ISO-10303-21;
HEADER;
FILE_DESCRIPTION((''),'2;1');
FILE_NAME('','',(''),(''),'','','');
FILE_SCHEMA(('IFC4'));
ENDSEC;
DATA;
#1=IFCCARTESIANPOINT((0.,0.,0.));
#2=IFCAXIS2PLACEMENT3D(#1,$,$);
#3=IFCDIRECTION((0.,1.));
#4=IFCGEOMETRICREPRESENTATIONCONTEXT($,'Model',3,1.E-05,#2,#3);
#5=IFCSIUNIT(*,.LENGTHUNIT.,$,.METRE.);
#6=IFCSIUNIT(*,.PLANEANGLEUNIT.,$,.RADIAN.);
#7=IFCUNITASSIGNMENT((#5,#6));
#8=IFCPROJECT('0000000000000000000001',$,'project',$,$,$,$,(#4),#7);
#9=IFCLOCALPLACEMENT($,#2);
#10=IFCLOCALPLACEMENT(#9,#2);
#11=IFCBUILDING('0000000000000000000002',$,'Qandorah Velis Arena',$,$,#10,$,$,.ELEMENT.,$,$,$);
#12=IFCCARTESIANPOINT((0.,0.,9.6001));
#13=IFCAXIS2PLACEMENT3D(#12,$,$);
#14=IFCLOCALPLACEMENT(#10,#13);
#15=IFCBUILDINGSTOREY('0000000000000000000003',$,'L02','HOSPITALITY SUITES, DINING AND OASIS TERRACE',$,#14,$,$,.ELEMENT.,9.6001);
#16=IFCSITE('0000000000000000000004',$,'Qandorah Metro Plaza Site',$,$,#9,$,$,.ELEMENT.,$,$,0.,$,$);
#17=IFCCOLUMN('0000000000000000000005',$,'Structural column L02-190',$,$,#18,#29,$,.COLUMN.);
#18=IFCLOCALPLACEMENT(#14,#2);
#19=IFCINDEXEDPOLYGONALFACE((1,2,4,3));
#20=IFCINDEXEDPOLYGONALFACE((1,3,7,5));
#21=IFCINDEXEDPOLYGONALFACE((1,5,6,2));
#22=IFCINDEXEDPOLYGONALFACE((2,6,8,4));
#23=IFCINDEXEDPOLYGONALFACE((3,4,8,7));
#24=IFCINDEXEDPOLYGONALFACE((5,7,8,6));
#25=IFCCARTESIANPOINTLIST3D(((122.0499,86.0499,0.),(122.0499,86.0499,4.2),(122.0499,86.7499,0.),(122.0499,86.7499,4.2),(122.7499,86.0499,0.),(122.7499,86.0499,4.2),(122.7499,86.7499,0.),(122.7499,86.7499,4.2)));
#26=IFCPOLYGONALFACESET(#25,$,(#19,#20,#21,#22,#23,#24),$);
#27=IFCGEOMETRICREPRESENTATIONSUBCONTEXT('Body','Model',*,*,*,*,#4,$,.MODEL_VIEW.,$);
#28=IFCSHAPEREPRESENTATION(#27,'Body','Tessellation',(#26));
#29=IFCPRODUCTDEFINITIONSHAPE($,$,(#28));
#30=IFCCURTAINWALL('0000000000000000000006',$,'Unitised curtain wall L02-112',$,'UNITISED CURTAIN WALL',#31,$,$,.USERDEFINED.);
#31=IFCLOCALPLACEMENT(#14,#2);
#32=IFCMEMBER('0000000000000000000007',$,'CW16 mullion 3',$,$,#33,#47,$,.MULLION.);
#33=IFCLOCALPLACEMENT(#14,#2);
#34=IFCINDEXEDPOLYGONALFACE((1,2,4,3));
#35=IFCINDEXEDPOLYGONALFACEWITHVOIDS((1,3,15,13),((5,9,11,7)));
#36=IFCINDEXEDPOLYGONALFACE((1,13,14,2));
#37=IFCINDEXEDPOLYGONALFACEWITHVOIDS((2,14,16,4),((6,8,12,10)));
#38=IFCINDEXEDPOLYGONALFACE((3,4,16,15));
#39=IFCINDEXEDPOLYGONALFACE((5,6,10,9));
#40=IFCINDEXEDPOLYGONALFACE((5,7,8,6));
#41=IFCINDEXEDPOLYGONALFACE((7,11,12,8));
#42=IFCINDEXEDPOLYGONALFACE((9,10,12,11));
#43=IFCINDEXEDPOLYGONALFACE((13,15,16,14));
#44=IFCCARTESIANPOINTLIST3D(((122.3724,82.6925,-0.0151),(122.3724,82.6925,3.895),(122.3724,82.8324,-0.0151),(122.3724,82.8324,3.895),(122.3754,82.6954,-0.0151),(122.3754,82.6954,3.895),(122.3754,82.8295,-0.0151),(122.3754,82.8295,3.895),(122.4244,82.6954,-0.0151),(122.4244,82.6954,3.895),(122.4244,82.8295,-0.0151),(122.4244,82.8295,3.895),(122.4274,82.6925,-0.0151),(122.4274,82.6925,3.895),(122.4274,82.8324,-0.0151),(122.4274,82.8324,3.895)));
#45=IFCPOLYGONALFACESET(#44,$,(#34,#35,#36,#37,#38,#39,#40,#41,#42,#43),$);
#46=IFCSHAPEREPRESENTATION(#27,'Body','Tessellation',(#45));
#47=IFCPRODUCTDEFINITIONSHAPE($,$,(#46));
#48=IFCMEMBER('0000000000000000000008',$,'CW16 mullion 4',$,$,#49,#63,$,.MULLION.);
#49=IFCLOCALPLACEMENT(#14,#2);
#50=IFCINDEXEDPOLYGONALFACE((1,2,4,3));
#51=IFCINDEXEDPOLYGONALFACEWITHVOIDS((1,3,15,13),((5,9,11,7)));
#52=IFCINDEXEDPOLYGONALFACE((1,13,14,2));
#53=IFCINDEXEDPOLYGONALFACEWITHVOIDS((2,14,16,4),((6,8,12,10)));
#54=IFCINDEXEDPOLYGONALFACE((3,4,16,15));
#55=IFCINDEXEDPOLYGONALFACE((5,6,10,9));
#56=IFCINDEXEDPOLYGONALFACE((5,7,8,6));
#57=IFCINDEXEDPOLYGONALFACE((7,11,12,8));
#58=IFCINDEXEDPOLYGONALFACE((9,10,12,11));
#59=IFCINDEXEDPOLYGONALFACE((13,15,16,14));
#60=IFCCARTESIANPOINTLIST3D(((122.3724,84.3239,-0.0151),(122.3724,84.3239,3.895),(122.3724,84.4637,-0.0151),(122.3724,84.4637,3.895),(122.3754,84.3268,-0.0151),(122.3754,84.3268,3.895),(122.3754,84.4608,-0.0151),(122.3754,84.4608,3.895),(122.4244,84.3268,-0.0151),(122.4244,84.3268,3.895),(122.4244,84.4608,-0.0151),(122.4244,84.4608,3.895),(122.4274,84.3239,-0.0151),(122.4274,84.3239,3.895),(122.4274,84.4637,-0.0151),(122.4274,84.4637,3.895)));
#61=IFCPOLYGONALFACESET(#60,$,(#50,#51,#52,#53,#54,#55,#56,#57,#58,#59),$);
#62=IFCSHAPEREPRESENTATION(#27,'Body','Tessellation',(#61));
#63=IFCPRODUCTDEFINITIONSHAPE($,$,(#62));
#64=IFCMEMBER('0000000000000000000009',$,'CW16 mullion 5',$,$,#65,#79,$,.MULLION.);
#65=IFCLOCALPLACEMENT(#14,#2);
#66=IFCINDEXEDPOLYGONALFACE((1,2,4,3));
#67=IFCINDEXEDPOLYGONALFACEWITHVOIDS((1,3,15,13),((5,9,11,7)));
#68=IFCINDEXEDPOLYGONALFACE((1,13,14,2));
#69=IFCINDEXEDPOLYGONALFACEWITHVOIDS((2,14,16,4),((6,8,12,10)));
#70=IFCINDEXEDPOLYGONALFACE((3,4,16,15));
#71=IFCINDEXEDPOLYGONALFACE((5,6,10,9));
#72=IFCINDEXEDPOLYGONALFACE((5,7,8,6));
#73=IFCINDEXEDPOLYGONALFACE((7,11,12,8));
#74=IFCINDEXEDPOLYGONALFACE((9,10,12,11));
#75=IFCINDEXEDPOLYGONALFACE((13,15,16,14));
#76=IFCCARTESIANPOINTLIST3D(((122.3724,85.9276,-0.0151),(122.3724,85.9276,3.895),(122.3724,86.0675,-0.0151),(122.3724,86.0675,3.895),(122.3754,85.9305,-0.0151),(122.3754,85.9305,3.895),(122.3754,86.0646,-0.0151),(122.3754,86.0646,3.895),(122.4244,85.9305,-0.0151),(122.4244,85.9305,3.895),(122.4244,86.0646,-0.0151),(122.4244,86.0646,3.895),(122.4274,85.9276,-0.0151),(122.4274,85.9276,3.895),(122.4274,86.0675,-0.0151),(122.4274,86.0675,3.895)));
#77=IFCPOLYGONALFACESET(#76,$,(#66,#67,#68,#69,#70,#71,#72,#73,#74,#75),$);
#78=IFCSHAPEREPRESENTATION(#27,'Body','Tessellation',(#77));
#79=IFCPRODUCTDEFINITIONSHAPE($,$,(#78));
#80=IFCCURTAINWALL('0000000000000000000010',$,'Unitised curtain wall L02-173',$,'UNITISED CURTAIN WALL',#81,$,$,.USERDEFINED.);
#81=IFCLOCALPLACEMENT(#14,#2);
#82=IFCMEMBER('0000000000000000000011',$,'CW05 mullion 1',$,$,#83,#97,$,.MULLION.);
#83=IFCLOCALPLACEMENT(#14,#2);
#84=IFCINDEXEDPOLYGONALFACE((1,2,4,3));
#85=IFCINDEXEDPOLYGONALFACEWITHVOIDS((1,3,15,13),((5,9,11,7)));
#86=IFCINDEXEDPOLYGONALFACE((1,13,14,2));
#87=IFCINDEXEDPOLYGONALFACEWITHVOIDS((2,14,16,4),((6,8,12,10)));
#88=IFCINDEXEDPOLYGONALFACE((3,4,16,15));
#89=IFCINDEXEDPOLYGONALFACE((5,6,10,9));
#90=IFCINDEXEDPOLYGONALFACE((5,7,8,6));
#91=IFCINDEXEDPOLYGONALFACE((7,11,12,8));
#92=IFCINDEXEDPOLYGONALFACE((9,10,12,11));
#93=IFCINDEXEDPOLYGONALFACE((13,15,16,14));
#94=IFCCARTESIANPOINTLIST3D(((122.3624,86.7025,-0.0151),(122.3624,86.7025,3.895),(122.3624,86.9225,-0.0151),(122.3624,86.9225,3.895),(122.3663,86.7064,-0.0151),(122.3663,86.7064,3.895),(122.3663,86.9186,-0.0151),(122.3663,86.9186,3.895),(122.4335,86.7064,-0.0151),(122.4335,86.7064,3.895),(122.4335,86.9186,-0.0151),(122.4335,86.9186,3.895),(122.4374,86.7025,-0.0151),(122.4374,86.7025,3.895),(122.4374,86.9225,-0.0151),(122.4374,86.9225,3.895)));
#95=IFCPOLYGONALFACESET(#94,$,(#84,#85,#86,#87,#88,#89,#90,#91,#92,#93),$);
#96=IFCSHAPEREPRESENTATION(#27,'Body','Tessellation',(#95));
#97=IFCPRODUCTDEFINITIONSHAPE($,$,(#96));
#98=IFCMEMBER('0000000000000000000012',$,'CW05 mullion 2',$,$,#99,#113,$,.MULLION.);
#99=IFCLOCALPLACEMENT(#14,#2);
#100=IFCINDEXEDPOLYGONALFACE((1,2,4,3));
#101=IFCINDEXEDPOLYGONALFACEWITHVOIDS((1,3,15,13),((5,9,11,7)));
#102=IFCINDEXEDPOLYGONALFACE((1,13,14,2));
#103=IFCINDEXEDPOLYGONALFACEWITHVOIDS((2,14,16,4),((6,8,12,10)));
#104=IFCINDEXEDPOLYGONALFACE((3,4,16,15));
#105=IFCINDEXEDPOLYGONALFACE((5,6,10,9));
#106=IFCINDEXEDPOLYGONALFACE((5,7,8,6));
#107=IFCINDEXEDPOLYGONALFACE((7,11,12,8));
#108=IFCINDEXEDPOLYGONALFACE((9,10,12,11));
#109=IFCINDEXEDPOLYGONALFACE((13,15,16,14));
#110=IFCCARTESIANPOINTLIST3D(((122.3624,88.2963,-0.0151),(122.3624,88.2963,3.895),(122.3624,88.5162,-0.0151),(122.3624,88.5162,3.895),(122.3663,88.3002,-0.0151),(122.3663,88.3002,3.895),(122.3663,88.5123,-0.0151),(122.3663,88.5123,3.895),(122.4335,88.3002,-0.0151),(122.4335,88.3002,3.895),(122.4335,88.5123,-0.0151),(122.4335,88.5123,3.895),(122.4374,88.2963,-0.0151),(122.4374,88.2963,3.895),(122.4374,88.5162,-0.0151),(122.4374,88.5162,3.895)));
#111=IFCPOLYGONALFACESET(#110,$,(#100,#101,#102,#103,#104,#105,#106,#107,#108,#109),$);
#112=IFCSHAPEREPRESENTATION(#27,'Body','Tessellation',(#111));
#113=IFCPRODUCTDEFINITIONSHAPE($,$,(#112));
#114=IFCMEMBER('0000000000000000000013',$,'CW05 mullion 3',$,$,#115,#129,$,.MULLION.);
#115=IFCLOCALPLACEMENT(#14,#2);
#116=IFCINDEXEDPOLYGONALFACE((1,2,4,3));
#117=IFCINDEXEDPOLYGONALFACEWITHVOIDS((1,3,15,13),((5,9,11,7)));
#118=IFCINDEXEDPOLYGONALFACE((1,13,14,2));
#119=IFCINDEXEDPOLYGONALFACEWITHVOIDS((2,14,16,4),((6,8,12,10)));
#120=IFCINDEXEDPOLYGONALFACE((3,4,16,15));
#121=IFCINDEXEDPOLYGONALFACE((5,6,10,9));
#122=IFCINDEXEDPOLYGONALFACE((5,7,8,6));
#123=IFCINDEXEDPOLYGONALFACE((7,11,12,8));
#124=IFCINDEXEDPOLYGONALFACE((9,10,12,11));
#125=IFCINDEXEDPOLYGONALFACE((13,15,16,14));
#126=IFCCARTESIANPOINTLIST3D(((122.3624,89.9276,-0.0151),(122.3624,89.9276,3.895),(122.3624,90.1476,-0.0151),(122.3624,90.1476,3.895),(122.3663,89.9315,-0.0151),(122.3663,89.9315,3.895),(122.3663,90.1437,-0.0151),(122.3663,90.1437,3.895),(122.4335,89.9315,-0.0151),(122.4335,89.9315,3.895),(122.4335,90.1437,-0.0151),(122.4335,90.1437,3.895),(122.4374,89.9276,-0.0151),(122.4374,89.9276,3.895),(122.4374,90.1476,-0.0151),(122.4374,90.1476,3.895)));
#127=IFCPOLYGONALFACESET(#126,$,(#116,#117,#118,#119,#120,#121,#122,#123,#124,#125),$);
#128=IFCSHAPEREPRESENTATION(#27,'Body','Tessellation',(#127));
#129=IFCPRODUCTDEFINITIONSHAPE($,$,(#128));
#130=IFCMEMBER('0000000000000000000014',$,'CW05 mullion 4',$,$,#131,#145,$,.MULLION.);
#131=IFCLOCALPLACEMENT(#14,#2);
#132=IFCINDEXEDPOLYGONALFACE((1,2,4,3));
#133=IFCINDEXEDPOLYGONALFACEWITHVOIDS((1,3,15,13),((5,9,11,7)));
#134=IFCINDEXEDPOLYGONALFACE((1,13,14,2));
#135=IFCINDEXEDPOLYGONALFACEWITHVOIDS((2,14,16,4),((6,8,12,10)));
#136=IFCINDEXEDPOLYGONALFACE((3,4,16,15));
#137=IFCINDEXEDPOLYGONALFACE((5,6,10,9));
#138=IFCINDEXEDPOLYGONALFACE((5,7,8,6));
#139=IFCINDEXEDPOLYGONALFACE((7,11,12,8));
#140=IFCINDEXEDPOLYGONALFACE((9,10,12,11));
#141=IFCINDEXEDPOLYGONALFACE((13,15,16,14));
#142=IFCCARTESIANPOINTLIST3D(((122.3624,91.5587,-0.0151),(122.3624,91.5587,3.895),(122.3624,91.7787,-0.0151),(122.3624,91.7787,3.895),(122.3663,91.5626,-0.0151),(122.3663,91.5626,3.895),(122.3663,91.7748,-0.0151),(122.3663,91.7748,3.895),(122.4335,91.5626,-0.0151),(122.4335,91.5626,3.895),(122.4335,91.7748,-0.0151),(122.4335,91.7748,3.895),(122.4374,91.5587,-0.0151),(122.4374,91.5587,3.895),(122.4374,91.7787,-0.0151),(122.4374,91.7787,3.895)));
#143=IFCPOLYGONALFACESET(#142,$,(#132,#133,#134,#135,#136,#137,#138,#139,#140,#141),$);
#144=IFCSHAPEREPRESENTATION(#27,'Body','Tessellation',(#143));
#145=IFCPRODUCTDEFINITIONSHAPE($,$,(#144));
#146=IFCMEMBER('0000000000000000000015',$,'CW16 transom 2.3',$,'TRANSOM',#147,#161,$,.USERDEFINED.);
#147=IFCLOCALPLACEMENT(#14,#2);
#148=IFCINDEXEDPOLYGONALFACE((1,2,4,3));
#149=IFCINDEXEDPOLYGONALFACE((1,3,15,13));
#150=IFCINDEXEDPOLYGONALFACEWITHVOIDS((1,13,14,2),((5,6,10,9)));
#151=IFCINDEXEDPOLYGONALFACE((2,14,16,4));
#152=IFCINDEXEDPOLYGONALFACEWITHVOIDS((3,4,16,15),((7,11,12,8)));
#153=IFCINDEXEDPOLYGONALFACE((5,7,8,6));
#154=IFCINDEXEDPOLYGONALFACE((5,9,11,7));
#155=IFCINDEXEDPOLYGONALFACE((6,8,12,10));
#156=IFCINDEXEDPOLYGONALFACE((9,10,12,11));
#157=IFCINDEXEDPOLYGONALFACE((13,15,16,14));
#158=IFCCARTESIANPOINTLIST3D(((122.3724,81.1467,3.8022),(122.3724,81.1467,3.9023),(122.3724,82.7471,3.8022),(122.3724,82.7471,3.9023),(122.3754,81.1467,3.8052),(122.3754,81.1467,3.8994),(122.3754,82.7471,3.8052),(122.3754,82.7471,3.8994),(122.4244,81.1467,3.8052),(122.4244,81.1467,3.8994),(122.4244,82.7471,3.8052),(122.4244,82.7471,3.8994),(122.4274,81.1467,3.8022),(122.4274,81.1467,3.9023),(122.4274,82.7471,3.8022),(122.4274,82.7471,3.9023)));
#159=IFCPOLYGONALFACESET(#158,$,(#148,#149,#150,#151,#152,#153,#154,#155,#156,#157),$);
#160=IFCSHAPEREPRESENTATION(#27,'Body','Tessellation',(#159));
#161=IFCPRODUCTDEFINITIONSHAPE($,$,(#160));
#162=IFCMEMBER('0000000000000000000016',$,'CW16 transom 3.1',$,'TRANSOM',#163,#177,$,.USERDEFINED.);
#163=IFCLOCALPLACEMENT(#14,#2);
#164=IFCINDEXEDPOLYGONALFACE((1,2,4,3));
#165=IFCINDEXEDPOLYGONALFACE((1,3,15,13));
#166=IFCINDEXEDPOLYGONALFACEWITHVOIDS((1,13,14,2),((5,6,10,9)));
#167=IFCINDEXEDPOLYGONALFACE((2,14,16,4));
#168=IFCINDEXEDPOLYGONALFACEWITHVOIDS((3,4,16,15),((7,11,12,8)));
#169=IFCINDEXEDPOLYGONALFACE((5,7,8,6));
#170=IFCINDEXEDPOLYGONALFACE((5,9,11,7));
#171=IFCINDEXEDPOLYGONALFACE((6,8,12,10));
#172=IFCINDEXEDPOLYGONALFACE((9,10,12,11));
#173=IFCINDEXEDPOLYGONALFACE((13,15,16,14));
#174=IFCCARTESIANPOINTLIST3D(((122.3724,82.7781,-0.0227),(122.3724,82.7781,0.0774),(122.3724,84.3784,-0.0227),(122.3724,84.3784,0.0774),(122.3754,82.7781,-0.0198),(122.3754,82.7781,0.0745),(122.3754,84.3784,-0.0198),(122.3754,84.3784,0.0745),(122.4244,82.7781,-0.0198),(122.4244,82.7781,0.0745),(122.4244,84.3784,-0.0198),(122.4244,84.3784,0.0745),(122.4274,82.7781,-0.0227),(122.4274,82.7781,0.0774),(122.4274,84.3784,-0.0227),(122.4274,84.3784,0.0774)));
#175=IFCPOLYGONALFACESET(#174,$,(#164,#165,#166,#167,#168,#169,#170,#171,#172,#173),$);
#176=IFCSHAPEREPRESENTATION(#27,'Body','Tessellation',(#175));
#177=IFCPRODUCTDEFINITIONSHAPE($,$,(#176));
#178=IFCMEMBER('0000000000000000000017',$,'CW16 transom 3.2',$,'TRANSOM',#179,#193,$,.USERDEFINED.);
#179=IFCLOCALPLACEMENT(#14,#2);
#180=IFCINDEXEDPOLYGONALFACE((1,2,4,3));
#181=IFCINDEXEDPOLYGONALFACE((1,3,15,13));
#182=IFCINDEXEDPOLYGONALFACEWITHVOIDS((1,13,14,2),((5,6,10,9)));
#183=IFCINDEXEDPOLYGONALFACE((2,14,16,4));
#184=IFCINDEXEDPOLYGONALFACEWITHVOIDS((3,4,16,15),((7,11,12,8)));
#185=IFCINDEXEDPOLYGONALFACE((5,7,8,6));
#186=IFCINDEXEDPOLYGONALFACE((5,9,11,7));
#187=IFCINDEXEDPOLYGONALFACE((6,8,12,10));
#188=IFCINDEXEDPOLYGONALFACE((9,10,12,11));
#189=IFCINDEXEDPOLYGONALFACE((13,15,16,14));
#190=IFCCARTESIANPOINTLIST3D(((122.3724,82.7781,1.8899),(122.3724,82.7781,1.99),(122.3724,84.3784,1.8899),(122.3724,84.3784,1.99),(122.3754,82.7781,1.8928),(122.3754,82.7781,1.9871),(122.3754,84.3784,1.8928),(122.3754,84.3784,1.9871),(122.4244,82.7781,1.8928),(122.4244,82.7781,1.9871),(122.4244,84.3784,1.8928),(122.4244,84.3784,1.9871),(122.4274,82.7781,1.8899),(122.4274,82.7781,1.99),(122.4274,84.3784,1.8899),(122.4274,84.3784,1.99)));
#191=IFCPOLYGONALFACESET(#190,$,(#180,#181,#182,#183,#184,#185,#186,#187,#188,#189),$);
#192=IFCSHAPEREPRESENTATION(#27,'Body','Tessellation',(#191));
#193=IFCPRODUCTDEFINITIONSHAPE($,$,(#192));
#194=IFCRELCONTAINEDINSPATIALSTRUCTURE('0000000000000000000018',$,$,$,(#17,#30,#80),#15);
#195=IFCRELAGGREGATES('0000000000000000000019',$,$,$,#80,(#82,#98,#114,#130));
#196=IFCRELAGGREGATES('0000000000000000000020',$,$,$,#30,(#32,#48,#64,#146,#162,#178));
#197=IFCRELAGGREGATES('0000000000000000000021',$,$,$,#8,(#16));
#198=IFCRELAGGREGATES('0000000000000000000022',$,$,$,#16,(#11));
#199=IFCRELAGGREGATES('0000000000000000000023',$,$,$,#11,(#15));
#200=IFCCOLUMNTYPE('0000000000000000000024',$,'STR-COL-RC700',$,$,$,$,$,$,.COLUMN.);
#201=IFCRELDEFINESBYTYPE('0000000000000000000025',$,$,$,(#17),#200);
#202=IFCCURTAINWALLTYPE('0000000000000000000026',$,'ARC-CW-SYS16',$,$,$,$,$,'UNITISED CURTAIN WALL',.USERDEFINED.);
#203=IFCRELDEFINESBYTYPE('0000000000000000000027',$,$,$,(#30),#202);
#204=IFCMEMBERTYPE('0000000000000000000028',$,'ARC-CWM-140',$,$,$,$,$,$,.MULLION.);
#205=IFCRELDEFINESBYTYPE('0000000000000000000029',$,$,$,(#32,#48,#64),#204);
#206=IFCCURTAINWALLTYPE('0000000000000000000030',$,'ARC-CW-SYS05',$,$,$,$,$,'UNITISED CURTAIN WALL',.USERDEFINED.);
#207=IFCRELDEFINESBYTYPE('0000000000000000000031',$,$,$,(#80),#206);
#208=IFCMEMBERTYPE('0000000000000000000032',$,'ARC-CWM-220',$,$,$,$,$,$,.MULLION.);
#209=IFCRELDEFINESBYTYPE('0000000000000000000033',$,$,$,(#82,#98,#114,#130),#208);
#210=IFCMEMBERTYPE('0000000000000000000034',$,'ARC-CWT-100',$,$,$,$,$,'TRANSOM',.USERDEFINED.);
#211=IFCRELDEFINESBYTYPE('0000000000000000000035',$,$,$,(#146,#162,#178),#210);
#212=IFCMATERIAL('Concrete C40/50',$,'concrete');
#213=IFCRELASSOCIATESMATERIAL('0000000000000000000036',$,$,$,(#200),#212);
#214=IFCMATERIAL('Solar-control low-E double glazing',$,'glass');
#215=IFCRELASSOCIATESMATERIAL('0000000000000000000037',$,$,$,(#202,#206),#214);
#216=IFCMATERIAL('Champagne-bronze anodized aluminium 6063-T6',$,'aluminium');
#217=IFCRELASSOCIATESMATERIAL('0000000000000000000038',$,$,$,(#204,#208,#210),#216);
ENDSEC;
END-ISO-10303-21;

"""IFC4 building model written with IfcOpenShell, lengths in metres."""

from ifc_helpers import new_model, si_unit, direction, frame, origin, origin_2d, place, context, subcontext, project, spatial, rectangle, hollow_rectangle, extrude, material, material_profile, profile_set, type_object, element, aggregate, save


model = new_model("IFC4")

# Units and contexts
model_context = context("Model", 3, precision=1e-05, world=origin(), true_north=direction((0.0, 1.0)))
body_context = subcontext(model_context, "Body", "Model", "MODEL_VIEW")
ifc_project = project(units=[si_unit("LENGTHUNIT", "METRE"), si_unit("PLANEANGLEUNIT", "RADIAN")], contexts=[model_context])

# Site, building, storey
site_placement = place(None, origin())
site = spatial("IfcSite", under=ifc_project, at=site_placement, Name="Qandorah Metro Plaza Site", CompositionType="ELEMENT", RefElevation=0.0)
building_placement = place(site_placement, origin())
building = spatial("IfcBuilding", under=site, at=building_placement, Name="Qandorah Velis Arena", CompositionType="ELEMENT")
storey_placement = place(building_placement, frame((0.0, 0.0, 9.6001)))
storey = spatial("IfcBuildingStorey", under=building, at=storey_placement, Name="L02", Description="HOSPITALITY SUITES, DINING AND OASIS TERRACE", CompositionType="ELEMENT", Elevation=9.6001)

# Column
ifc_material_1 = material(Name="Concrete C40/50", Category="concrete")
ifc_material_profile_1 = material_profile(ifc_material_1, rectangle(XDim=0.7, YDim=0.7, at=origin_2d()), Name="RC COL 700x700")
ifc_profile_set_1 = profile_set([ifc_material_profile_1], Name="Concrete C40/50")
column_type = type_object("IfcColumnType", Name="STR-COL-RC700", PredefinedType="COLUMN", material=ifc_profile_set_1)
column_placement = place(storey_placement, frame((122.3999, 86.3999, 0.0), z_axis=(0.0, 0.0, 1.0), x_axis=(1.0, 0.0, 0.0)))
element("IfcColumn", 1, at=column_placement, inside=storey, type_object=column_type, Name="Structural column L02-190", PredefinedType="COLUMN", context=body_context, shape_type="SweptSolid", body=[
    extrude(rectangle(XDim=0.7, YDim=0.7, at=origin_2d()), origin(), (0.0, 0.0, 1.0), 4.2),
])

# Curtain walls, members
ifc_material_2 = material(Name="Solar-control low-E double glazing", Category="glass")
curtain_wall_type_1 = type_object("IfcCurtainWallType", Name="ARC-CW-SYS16", ElementType="UNITISED CURTAIN WALL", PredefinedType="USERDEFINED", material=ifc_material_2)
curtain_wall_1_placement = place(storey_placement, origin())
curtain_wall_1 = element("IfcCurtainWall", 2, at=curtain_wall_1_placement, inside=storey, type_object=curtain_wall_type_1, Name="Unitised curtain wall L02-112", ObjectType="UNITISED CURTAIN WALL", PredefinedType="USERDEFINED")
ifc_material_3 = material(Name="Champagne-bronze anodized aluminium 6063-T6", Category="aluminium")
ifc_material_profile_2 = material_profile(ifc_material_3, hollow_rectangle(XDim=0.0549, YDim=0.1399, WallThickness=0.0029, at=origin_2d()), Name="ALU MULLION 55x140")
ifc_profile_set_2 = profile_set([ifc_material_profile_2], Name="Champagne-bronze anodized aluminium 6063-T6")
member_type_1 = type_object("IfcMemberType", Name="ARC-CWM-140", PredefinedType="MULLION", material=ifc_profile_set_2)
member_1_placement = place(storey_placement, frame((122.3999, 82.7625, -0.0151), z_axis=(0.0, 0.0, 1.0), x_axis=(-1.0, 0.0, 0.0)))
member_1 = element("IfcMember", 3, at=member_1_placement, type_object=member_type_1, Name="CW16 mullion 3", PredefinedType="MULLION", context=body_context, shape_type="SweptSolid", body=[
    extrude(hollow_rectangle(XDim=0.0549, YDim=0.1399, WallThickness=0.0029, at=origin_2d()), origin(), (0.0, 0.0, 1.0), 3.9102),
])
member_2_placement = place(storey_placement, frame((122.3999, 84.3938, -0.0151), z_axis=(0.0, 0.0, 1.0), x_axis=(-1.0, 0.0, 0.0)))
member_2 = element("IfcMember", 4, at=member_2_placement, type_object=member_type_1, Name="CW16 mullion 4", PredefinedType="MULLION", context=body_context, shape_type="SweptSolid", body=[
    extrude(hollow_rectangle(XDim=0.0549, YDim=0.1399, WallThickness=0.0029, at=origin_2d()), origin(), (0.0, 0.0, 1.0), 3.9102),
])
member_3_placement = place(storey_placement, frame((122.3999, 85.9976, -0.0151), z_axis=(0.0, 0.0, 1.0), x_axis=(-1.0, 0.0, 0.0)))
member_3 = element("IfcMember", 5, at=member_3_placement, type_object=member_type_1, Name="CW16 mullion 5", PredefinedType="MULLION", context=body_context, shape_type="SweptSolid", body=[
    extrude(hollow_rectangle(XDim=0.0549, YDim=0.1399, WallThickness=0.0029, at=origin_2d()), origin(), (0.0, 0.0, 1.0), 3.9102),
])
curtain_wall_type_2 = type_object("IfcCurtainWallType", Name="ARC-CW-SYS05", ElementType="UNITISED CURTAIN WALL", PredefinedType="USERDEFINED", material=ifc_material_2)
curtain_wall_2_placement = place(storey_placement, origin())
curtain_wall_2 = element("IfcCurtainWall", 6, at=curtain_wall_2_placement, inside=storey, type_object=curtain_wall_type_2, Name="Unitised curtain wall L02-173", ObjectType="UNITISED CURTAIN WALL", PredefinedType="USERDEFINED")
ifc_material_profile_3 = material_profile(ifc_material_3, hollow_rectangle(XDim=0.075, YDim=0.22, WallThickness=0.0039, at=origin_2d()), Name="ALU MULLION 75x220")
ifc_profile_set_3 = profile_set([ifc_material_profile_3], Name="Champagne-bronze anodized aluminium 6063-T6")
member_type_2 = type_object("IfcMemberType", Name="ARC-CWM-220", PredefinedType="MULLION", material=ifc_profile_set_3)
member_4_placement = place(storey_placement, frame((122.3999, 86.8125, -0.0151), z_axis=(0.0, 0.0, 1.0), x_axis=(-1.0, 0.0, 0.0)))
member_4 = element("IfcMember", 7, at=member_4_placement, type_object=member_type_2, Name="CW05 mullion 1", PredefinedType="MULLION", context=body_context, shape_type="SweptSolid", body=[
    extrude(hollow_rectangle(XDim=0.075, YDim=0.22, WallThickness=0.0039, at=origin_2d()), origin(), (0.0, 0.0, 1.0), 3.9102),
])
member_5_placement = place(storey_placement, frame((122.3999, 88.4062, -0.0151), z_axis=(0.0, 0.0, 1.0), x_axis=(-1.0, 0.0, 0.0)))
member_5 = element("IfcMember", 8, at=member_5_placement, type_object=member_type_2, Name="CW05 mullion 2", PredefinedType="MULLION", context=body_context, shape_type="SweptSolid", body=[
    extrude(hollow_rectangle(XDim=0.075, YDim=0.22, WallThickness=0.0039, at=origin_2d()), origin(), (0.0, 0.0, 1.0), 3.9102),
])
member_6_placement = place(storey_placement, frame((122.3999, 90.0376, -0.0151), z_axis=(0.0, 0.0, 1.0), x_axis=(-1.0, 0.0, 0.0)))
member_6 = element("IfcMember", 9, at=member_6_placement, type_object=member_type_2, Name="CW05 mullion 3", PredefinedType="MULLION", context=body_context, shape_type="SweptSolid", body=[
    extrude(hollow_rectangle(XDim=0.075, YDim=0.22, WallThickness=0.0039, at=origin_2d()), origin(), (0.0, 0.0, 1.0), 3.9102),
])
member_7_placement = place(storey_placement, frame((122.3999, 91.6687, -0.0151), z_axis=(0.0, 0.0, 1.0), x_axis=(-1.0, 0.0, 0.0)))
member_7 = element("IfcMember", 10, at=member_7_placement, type_object=member_type_2, Name="CW05 mullion 4", PredefinedType="MULLION", context=body_context, shape_type="SweptSolid", body=[
    extrude(hollow_rectangle(XDim=0.075, YDim=0.22, WallThickness=0.0039, at=origin_2d()), origin(), (0.0, 0.0, 1.0), 3.9102),
])

# Members
ifc_material_profile_4 = material_profile(ifc_material_3, hollow_rectangle(XDim=0.0549, YDim=0.1001, WallThickness=0.0029, at=origin_2d()), Name="ALU TRANSOM 55x100")
ifc_profile_set_4 = profile_set([ifc_material_profile_4], Name="Champagne-bronze anodized aluminium 6063-T6")
member_type_3 = type_object("IfcMemberType", Name="ARC-CWT-100", ElementType="TRANSOM", PredefinedType="USERDEFINED", material=ifc_profile_set_4)
member_8_placement = place(storey_placement, frame((122.3999, 81.1467, 3.8523), z_axis=(0.0, 1.0, 0.0), x_axis=(-1.0, 0.0, 0.0)))
member_8 = element("IfcMember", 11, at=member_8_placement, type_object=member_type_3, Name="CW16 transom 2.3", ObjectType="TRANSOM", PredefinedType="USERDEFINED", context=body_context, shape_type="SweptSolid", body=[
    extrude(hollow_rectangle(XDim=0.0549, YDim=0.1001, WallThickness=0.0029, at=origin_2d()), origin(), (0.0, 0.0, 1.0), 1.6003),
])
member_9_placement = place(storey_placement, frame((122.3999, 82.7781, 0.0273), z_axis=(0.0, 1.0, 0.0), x_axis=(-1.0, 0.0, 0.0)))
member_9 = element("IfcMember", 12, at=member_9_placement, type_object=member_type_3, Name="CW16 transom 3.1", ObjectType="TRANSOM", PredefinedType="USERDEFINED", context=body_context, shape_type="SweptSolid", body=[
    extrude(hollow_rectangle(XDim=0.0549, YDim=0.1001, WallThickness=0.0029, at=origin_2d()), origin(), (0.0, 0.0, 1.0), 1.6003),
])
member_10_placement = place(storey_placement, frame((122.3999, 82.7781, 1.9399), z_axis=(0.0, 1.0, 0.0), x_axis=(-1.0, 0.0, 0.0)))
member_10 = element("IfcMember", 13, at=member_10_placement, type_object=member_type_3, Name="CW16 transom 3.2", ObjectType="TRANSOM", PredefinedType="USERDEFINED", context=body_context, shape_type="SweptSolid", body=[
    extrude(hollow_rectangle(XDim=0.0549, YDim=0.1001, WallThickness=0.0029, at=origin_2d()), origin(), (0.0, 0.0, 1.0), 1.6003),
])

aggregate(curtain_wall_2, [member_4, member_5, member_6, member_7])
aggregate(curtain_wall_1, [member_1, member_2, member_3, member_8, member_9, member_10])

save(model, "model.ifc")
